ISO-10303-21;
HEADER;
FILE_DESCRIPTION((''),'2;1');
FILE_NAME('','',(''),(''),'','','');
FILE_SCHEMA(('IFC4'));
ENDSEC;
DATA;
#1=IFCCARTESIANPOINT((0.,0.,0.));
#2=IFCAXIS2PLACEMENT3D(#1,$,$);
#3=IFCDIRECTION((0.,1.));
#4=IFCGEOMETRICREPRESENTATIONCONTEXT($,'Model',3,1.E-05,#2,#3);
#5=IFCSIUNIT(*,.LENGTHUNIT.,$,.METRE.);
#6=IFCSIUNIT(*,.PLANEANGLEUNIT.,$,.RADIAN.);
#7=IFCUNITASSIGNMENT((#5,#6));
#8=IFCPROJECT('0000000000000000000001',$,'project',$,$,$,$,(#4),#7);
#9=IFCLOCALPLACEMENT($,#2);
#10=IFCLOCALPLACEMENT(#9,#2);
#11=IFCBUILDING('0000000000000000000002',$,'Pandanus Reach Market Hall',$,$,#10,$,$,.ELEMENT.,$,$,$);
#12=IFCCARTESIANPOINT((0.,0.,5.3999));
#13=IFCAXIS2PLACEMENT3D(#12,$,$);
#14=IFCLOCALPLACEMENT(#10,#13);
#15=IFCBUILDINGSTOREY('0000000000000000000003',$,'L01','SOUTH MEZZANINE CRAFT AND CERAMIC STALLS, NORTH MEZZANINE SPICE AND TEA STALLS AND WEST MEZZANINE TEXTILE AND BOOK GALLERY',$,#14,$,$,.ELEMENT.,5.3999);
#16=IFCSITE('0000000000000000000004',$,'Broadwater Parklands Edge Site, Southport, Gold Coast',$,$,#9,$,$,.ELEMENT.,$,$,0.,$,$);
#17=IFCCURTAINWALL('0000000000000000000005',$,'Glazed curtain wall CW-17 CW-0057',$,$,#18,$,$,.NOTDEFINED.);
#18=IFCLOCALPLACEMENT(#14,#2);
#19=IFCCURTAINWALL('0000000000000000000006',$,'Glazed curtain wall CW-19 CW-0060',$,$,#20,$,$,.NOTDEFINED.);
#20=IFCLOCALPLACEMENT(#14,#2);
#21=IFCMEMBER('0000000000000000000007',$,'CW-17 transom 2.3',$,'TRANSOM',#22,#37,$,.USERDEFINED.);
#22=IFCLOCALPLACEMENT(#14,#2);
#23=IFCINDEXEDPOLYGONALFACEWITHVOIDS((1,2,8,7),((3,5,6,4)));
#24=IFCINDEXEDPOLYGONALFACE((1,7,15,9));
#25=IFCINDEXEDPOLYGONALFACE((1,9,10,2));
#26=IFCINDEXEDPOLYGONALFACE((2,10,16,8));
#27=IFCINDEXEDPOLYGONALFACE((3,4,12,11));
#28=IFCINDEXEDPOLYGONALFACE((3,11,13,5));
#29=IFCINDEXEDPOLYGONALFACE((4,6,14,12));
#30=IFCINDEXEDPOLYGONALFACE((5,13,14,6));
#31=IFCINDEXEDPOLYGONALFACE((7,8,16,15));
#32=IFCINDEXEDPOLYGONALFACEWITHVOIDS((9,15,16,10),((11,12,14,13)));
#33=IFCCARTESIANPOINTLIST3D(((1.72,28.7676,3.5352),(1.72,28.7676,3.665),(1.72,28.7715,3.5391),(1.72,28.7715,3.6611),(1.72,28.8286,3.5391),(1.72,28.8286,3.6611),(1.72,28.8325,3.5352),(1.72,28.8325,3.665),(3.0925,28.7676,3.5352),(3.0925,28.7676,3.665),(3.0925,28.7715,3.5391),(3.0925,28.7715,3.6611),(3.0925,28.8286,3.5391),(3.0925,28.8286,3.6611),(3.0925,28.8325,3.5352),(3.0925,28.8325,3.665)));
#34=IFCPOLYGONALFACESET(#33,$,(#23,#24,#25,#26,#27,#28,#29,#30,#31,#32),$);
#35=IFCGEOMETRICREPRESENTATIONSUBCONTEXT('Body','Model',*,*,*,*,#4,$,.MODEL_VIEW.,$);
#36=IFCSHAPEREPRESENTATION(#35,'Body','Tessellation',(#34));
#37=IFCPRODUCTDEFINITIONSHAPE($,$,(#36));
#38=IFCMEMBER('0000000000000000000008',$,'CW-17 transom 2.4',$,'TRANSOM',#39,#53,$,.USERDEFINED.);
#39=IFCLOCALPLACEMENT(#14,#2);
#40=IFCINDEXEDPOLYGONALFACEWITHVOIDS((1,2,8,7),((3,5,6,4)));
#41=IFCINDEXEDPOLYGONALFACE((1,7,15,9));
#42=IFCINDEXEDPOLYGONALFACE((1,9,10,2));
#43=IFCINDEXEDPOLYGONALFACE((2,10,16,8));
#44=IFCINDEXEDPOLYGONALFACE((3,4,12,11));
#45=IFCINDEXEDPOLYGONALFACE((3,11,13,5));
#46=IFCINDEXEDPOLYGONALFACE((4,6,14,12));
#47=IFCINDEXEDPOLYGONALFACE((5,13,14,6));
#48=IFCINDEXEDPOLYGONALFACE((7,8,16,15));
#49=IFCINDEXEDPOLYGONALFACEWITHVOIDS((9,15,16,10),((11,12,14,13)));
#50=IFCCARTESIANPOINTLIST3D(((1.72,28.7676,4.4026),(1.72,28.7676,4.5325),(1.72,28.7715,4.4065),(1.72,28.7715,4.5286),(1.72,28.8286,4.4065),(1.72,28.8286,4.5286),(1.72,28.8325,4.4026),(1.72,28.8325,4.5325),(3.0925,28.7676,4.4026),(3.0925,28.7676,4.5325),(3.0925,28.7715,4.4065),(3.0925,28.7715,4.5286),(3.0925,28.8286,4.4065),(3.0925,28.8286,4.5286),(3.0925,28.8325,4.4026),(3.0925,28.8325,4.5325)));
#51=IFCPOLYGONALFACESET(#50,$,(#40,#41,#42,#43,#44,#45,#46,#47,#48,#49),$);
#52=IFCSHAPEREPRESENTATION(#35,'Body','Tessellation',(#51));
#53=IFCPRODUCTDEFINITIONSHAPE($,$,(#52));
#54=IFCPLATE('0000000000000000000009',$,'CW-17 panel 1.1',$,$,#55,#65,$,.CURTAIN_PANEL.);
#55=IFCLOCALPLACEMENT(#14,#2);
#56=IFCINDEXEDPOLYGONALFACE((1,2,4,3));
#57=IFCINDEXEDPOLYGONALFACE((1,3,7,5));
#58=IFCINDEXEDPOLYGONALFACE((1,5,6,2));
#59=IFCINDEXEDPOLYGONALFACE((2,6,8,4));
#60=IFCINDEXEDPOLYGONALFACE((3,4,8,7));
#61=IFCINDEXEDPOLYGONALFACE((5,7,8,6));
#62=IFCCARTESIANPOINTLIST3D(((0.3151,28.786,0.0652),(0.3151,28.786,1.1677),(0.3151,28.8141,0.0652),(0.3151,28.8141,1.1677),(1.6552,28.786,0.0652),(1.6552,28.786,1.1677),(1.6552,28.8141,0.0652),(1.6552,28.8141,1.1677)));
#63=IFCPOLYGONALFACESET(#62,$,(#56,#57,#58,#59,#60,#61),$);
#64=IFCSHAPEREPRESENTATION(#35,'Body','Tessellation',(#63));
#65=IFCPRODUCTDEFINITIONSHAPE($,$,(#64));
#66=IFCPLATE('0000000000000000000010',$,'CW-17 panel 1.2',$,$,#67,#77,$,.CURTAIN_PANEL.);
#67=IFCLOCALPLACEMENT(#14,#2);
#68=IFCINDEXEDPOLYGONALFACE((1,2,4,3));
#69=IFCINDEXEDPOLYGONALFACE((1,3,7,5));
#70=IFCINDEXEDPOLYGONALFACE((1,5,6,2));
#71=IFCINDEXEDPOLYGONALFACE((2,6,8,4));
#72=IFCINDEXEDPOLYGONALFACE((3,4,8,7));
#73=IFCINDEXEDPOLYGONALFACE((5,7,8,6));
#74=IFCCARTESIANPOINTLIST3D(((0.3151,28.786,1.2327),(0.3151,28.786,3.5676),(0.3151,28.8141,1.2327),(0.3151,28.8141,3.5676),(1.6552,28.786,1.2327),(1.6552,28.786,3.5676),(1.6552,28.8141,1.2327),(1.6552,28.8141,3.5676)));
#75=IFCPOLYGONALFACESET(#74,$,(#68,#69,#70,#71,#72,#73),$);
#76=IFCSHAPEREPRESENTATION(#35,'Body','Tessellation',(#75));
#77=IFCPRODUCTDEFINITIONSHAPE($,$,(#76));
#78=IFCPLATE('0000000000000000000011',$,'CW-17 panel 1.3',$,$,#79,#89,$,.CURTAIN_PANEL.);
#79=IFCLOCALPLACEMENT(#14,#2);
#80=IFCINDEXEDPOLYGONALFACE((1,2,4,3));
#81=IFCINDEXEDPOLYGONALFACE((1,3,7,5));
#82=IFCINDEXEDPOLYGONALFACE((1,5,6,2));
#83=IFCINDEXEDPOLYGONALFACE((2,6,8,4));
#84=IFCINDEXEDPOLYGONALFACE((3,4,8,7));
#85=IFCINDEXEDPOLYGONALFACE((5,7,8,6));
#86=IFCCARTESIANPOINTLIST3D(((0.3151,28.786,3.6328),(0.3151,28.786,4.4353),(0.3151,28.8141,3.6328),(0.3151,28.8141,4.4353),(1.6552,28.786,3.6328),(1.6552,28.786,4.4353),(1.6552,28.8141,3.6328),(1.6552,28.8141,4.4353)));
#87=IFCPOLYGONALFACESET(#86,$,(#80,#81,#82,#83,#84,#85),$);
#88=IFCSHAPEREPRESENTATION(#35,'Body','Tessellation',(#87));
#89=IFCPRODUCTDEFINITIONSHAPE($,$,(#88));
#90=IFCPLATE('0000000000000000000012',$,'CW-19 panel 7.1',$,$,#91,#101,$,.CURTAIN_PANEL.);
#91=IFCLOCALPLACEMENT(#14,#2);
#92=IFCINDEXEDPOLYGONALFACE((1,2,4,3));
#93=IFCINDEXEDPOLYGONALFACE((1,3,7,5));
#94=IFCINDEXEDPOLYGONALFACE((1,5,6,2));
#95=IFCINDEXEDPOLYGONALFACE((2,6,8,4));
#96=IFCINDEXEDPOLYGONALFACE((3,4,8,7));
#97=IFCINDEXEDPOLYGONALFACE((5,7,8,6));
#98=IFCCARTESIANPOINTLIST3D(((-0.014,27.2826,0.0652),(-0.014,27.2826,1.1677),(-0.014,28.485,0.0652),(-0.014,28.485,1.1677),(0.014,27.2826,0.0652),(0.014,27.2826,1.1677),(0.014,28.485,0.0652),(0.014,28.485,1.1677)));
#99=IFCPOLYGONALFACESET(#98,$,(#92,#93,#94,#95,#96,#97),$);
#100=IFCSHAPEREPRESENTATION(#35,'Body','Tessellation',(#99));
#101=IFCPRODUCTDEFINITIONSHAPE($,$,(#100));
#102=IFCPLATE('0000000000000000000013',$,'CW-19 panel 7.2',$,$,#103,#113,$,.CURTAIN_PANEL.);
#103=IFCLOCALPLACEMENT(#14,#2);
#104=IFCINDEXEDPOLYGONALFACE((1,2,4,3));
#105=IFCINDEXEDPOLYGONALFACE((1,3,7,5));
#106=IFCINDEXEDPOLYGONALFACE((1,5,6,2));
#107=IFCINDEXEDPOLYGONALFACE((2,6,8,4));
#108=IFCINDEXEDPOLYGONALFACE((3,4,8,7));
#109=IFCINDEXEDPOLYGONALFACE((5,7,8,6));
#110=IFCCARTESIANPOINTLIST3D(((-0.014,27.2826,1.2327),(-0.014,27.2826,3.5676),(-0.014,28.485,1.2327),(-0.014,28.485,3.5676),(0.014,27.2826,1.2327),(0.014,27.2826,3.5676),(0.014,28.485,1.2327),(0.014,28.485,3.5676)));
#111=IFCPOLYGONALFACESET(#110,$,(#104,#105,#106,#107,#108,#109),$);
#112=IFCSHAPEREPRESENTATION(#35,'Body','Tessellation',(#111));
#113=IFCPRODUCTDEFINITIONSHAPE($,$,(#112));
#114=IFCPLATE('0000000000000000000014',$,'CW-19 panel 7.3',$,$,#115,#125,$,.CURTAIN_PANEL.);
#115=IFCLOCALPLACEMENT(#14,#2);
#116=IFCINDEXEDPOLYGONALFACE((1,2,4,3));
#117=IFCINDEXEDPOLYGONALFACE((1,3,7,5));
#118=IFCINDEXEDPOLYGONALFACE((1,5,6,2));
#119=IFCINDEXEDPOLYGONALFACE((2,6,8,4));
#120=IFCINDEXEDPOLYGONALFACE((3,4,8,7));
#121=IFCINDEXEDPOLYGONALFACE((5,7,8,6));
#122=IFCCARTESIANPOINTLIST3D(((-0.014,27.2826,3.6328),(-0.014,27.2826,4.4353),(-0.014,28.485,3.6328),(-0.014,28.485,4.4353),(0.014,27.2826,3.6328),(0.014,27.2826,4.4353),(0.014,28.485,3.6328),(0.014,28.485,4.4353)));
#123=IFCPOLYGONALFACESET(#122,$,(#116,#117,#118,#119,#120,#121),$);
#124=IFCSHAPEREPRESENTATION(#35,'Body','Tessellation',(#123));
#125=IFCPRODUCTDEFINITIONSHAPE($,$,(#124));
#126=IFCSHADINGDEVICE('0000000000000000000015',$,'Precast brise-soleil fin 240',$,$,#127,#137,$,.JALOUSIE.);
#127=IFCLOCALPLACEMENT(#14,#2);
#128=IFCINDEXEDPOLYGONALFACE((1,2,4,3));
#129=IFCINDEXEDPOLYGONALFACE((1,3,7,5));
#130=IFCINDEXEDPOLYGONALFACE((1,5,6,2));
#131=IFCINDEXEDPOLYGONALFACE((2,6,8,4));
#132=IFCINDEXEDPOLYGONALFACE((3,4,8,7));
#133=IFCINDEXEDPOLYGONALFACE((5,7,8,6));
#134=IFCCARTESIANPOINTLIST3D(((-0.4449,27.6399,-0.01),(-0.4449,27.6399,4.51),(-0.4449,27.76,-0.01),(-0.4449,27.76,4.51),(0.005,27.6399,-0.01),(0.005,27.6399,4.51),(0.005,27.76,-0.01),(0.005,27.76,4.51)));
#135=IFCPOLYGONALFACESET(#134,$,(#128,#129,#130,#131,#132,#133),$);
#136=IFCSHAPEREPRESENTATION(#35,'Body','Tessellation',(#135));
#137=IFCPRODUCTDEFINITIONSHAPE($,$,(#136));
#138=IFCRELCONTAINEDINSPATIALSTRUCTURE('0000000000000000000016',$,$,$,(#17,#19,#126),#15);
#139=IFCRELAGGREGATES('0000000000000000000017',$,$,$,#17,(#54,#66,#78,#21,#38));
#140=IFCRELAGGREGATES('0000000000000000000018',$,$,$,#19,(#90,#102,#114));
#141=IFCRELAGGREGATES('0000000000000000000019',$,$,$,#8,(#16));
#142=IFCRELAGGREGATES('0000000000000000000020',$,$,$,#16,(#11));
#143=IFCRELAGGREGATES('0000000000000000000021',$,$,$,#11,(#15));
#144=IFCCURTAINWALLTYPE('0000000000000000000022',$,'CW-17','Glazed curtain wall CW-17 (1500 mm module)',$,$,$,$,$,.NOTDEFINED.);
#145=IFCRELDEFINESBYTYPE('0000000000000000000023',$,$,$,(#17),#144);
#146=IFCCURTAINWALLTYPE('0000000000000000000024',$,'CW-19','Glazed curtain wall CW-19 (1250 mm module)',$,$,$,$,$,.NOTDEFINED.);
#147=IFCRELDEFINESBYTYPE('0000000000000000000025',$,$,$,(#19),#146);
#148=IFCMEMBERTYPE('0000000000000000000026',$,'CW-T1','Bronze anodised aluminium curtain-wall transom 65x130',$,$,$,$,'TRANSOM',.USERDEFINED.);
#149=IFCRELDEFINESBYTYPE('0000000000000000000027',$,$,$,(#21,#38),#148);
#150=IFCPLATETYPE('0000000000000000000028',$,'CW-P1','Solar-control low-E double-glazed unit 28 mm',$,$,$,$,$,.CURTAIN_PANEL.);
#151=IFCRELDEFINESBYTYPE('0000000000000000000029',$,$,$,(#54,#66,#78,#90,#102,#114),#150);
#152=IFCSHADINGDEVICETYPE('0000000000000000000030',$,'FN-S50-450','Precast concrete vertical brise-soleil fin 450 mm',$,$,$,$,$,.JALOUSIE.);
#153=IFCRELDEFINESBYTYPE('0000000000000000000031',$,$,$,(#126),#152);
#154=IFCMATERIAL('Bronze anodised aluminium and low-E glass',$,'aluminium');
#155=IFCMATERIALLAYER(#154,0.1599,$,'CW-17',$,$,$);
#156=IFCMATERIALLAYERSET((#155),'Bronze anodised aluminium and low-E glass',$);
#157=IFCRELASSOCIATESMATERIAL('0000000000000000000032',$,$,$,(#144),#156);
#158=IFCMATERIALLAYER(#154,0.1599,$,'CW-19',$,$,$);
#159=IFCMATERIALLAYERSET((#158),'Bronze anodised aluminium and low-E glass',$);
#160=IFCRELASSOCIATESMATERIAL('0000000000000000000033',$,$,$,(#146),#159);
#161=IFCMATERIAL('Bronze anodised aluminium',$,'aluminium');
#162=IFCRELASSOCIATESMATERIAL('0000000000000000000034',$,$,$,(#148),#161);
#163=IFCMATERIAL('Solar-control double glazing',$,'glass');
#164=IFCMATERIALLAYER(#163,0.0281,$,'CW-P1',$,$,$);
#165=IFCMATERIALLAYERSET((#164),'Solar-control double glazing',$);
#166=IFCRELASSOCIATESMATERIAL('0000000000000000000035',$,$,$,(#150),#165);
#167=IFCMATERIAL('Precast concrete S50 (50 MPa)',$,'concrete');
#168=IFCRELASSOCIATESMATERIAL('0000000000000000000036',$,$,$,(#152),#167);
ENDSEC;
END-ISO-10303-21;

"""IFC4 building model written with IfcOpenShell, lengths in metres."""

from ifc_helpers import new_model, si_unit, direction, frame, origin, origin_2d, place, context, subcontext, project, spatial, rectangle, hollow_rectangle, extrude, material, layer, layer_set, material_profile, profile_set, type_object, element, aggregate, save


model = new_model("IFC4")

# Units and contexts
model_context = context("Model", 3, precision=1e-05, world=origin(), true_north=direction((0.0, 1.0)))
body_context = subcontext(model_context, "Body", "Model", "MODEL_VIEW")
ifc_project = project(units=[si_unit("LENGTHUNIT", "METRE"), si_unit("PLANEANGLEUNIT", "RADIAN")], contexts=[model_context])

# Site, building, storey
site_placement = place(None, origin())
site = spatial("IfcSite", under=ifc_project, at=site_placement, Name="Broadwater Parklands Edge Site, Southport, Gold Coast", CompositionType="ELEMENT", RefElevation=0.0)
building_placement = place(site_placement, origin())
building = spatial("IfcBuilding", under=site, at=building_placement, Name="Pandanus Reach Market Hall", CompositionType="ELEMENT")
storey_placement = place(building_placement, frame((0.0, 0.0, 5.3999)))
storey = spatial("IfcBuildingStorey", under=building, at=storey_placement, Name="L01", Description="SOUTH MEZZANINE CRAFT AND CERAMIC STALLS, NORTH MEZZANINE SPICE AND TEA STALLS AND WEST MEZZANINE TEXTILE AND BOOK GALLERY", CompositionType="ELEMENT", Elevation=5.3999)

# Curtain wall
ifc_material_1 = material(Name="Bronze anodised aluminium and low-E glass", Category="aluminium")
ifc_layer_1 = layer(ifc_material_1, 0.1599, Name="CW-17")
ifc_layer_set_1 = layer_set([ifc_layer_1], Name="Bronze anodised aluminium and low-E glass")
curtain_wall_type_1 = type_object("IfcCurtainWallType", Name="CW-17", Description="Glazed curtain wall CW-17 (1500 mm module)", PredefinedType="NOTDEFINED", material=ifc_layer_set_1)
curtain_wall_1_placement = place(storey_placement, origin())
curtain_wall_1 = element("IfcCurtainWall", 1, at=curtain_wall_1_placement, inside=storey, type_object=curtain_wall_type_1, Name="Glazed curtain wall CW-17 CW-0057", PredefinedType="NOTDEFINED")
ifc_material_2 = material(Name="Bronze anodised aluminium", Category="aluminium")

# Curtain wall
ifc_layer_2 = layer(ifc_material_1, 0.1599, Name="CW-19")
ifc_layer_set_2 = layer_set([ifc_layer_2], Name="Bronze anodised aluminium and low-E glass")
curtain_wall_type_2 = type_object("IfcCurtainWallType", Name="CW-19", Description="Glazed curtain wall CW-19 (1250 mm module)", PredefinedType="NOTDEFINED", material=ifc_layer_set_2)
curtain_wall_2_placement = place(storey_placement, origin())
curtain_wall_2 = element("IfcCurtainWall", 2, at=curtain_wall_2_placement, inside=storey, type_object=curtain_wall_type_2, Name="Glazed curtain wall CW-19 CW-0060", PredefinedType="NOTDEFINED")

# Members
ifc_material_profile_1 = material_profile(ifc_material_2, hollow_rectangle(XDim=0.0649, YDim=0.1299, WallThickness=0.0039, at=origin_2d()), Name="ALU65x130", Category="LoadBearing")
ifc_profile_set_1 = profile_set([ifc_material_profile_1], Name="Bronze anodised aluminium")
member_type_1 = type_object("IfcMemberType", Name="CW-T1", Description="Bronze anodised aluminium curtain-wall transom 65x130", ElementType="TRANSOM", PredefinedType="USERDEFINED", material=ifc_profile_set_1)
member_1_placement = place(storey_placement, frame((1.72, 28.8, 3.6001), z_axis=(1.0, 0.0, 0.0), x_axis=(0.0, 1.0, 0.0)))
member_1 = element("IfcMember", 3, at=member_1_placement, type_object=member_type_1, Name="CW-17 transom 2.3", ObjectType="TRANSOM", PredefinedType="USERDEFINED", context=body_context, shape_type="SweptSolid", body=[
    extrude(hollow_rectangle(XDim=0.0649, YDim=0.1299, WallThickness=0.0039, at=origin_2d()), origin(), (0.0, 0.0, 1.0), 1.3726),
])
member_2_placement = place(storey_placement, frame((1.72, 28.8, 4.4675), z_axis=(1.0, 0.0, 0.0), x_axis=(0.0, 1.0, 0.0)))
member_2 = element("IfcMember", 4, at=member_2_placement, type_object=member_type_1, Name="CW-17 transom 2.4", ObjectType="TRANSOM", PredefinedType="USERDEFINED", context=body_context, shape_type="SweptSolid", body=[
    extrude(hollow_rectangle(XDim=0.0649, YDim=0.1299, WallThickness=0.0039, at=origin_2d()), origin(), (0.0, 0.0, 1.0), 1.3726),
])

# Plates
ifc_material_3 = material(Name="Solar-control double glazing", Category="glass")
ifc_layer_3 = layer(ifc_material_3, 0.0281, Name="CW-P1")
ifc_layer_set_3 = layer_set([ifc_layer_3], Name="Solar-control double glazing")
plate_type = type_object("IfcPlateType", Name="CW-P1", Description="Solar-control low-E double-glazed unit 28 mm", PredefinedType="CURTAIN_PANEL", material=ifc_layer_set_3)
plate_1_placement = place(storey_placement, frame((0.9851, 28.8, 0.0652), z_axis=(0.0, 0.0, 1.0), x_axis=(1.0, 0.0, 0.0)))
plate_1 = element("IfcPlate", 5, at=plate_1_placement, type_object=plate_type, Name="CW-17 panel 1.1", PredefinedType="CURTAIN_PANEL", context=body_context, shape_type="SweptSolid", body=[
    extrude(rectangle(XDim=1.3401, YDim=0.0281, at=origin_2d()), origin(), (0.0, 0.0, 1.0), 1.1025),
])
plate_2_placement = place(storey_placement, frame((0.9851, 28.8, 1.2327), z_axis=(0.0, 0.0, 1.0), x_axis=(1.0, 0.0, 0.0)))
plate_2 = element("IfcPlate", 6, at=plate_2_placement, type_object=plate_type, Name="CW-17 panel 1.2", PredefinedType="CURTAIN_PANEL", context=body_context, shape_type="SweptSolid", body=[
    extrude(rectangle(XDim=1.3401, YDim=0.0281, at=origin_2d()), origin(), (0.0, 0.0, 1.0), 2.335),
])
plate_3_placement = place(storey_placement, frame((0.9851, 28.8, 3.6328), z_axis=(0.0, 0.0, 1.0), x_axis=(1.0, 0.0, 0.0)))
plate_3 = element("IfcPlate", 7, at=plate_3_placement, type_object=plate_type, Name="CW-17 panel 1.3", PredefinedType="CURTAIN_PANEL", context=body_context, shape_type="SweptSolid", body=[
    extrude(rectangle(XDim=1.3401, YDim=0.0281, at=origin_2d()), origin(), (0.0, 0.0, 1.0), 0.8025),
])
aggregate(curtain_wall_1, [plate_1, plate_2, plate_3, member_1, member_2])
plate_4_placement = place(storey_placement, frame((0.0, 27.8838, 0.0652), z_axis=(0.0, 0.0, 1.0), x_axis=(0.0, 1.0, 0.0)))
plate_4 = element("IfcPlate", 8, at=plate_4_placement, type_object=plate_type, Name="CW-19 panel 7.1", PredefinedType="CURTAIN_PANEL", context=body_context, shape_type="SweptSolid", body=[
    extrude(rectangle(XDim=1.2024, YDim=0.0281, at=origin_2d()), origin(), (0.0, 0.0, 1.0), 1.1025),
])
plate_5_placement = place(storey_placement, frame((0.0, 27.8838, 1.2327), z_axis=(0.0, 0.0, 1.0), x_axis=(0.0, 1.0, 0.0)))
plate_5 = element("IfcPlate", 9, at=plate_5_placement, type_object=plate_type, Name="CW-19 panel 7.2", PredefinedType="CURTAIN_PANEL", context=body_context, shape_type="SweptSolid", body=[
    extrude(rectangle(XDim=1.2024, YDim=0.0281, at=origin_2d()), origin(), (0.0, 0.0, 1.0), 2.335),
])
plate_6_placement = place(storey_placement, frame((0.0, 27.8838, 3.6328), z_axis=(0.0, 0.0, 1.0), x_axis=(0.0, 1.0, 0.0)))
plate_6 = element("IfcPlate", 10, at=plate_6_placement, type_object=plate_type, Name="CW-19 panel 7.3", PredefinedType="CURTAIN_PANEL", context=body_context, shape_type="SweptSolid", body=[
    extrude(rectangle(XDim=1.2024, YDim=0.0281, at=origin_2d()), origin(), (0.0, 0.0, 1.0), 0.8025),
])
aggregate(curtain_wall_2, [plate_4, plate_5, plate_6])

# Shading device
ifc_material_4 = material(Name="Precast concrete S50 (50 MPa)", Category="concrete")
shading_device_type = type_object("IfcShadingDeviceType", Name="FN-S50-450", Description="Precast concrete vertical brise-soleil fin 450 mm", PredefinedType="JALOUSIE", material=ifc_material_4)
shading_device_placement = place(storey_placement, frame((-0.22, 27.7, -0.01), z_axis=(0.0, 0.0, 1.0), x_axis=(-1.0, 0.0, 0.0)))
element("IfcShadingDevice", 11, at=shading_device_placement, inside=storey, type_object=shading_device_type, Name="Precast brise-soleil fin 240", PredefinedType="JALOUSIE", context=body_context, shape_type="SweptSolid", body=[
    extrude(rectangle(XDim=0.45, YDim=0.1201, at=origin_2d()), origin(), (0.0, 0.0, 1.0), 4.52),
])

save(model, "model.ifc")
